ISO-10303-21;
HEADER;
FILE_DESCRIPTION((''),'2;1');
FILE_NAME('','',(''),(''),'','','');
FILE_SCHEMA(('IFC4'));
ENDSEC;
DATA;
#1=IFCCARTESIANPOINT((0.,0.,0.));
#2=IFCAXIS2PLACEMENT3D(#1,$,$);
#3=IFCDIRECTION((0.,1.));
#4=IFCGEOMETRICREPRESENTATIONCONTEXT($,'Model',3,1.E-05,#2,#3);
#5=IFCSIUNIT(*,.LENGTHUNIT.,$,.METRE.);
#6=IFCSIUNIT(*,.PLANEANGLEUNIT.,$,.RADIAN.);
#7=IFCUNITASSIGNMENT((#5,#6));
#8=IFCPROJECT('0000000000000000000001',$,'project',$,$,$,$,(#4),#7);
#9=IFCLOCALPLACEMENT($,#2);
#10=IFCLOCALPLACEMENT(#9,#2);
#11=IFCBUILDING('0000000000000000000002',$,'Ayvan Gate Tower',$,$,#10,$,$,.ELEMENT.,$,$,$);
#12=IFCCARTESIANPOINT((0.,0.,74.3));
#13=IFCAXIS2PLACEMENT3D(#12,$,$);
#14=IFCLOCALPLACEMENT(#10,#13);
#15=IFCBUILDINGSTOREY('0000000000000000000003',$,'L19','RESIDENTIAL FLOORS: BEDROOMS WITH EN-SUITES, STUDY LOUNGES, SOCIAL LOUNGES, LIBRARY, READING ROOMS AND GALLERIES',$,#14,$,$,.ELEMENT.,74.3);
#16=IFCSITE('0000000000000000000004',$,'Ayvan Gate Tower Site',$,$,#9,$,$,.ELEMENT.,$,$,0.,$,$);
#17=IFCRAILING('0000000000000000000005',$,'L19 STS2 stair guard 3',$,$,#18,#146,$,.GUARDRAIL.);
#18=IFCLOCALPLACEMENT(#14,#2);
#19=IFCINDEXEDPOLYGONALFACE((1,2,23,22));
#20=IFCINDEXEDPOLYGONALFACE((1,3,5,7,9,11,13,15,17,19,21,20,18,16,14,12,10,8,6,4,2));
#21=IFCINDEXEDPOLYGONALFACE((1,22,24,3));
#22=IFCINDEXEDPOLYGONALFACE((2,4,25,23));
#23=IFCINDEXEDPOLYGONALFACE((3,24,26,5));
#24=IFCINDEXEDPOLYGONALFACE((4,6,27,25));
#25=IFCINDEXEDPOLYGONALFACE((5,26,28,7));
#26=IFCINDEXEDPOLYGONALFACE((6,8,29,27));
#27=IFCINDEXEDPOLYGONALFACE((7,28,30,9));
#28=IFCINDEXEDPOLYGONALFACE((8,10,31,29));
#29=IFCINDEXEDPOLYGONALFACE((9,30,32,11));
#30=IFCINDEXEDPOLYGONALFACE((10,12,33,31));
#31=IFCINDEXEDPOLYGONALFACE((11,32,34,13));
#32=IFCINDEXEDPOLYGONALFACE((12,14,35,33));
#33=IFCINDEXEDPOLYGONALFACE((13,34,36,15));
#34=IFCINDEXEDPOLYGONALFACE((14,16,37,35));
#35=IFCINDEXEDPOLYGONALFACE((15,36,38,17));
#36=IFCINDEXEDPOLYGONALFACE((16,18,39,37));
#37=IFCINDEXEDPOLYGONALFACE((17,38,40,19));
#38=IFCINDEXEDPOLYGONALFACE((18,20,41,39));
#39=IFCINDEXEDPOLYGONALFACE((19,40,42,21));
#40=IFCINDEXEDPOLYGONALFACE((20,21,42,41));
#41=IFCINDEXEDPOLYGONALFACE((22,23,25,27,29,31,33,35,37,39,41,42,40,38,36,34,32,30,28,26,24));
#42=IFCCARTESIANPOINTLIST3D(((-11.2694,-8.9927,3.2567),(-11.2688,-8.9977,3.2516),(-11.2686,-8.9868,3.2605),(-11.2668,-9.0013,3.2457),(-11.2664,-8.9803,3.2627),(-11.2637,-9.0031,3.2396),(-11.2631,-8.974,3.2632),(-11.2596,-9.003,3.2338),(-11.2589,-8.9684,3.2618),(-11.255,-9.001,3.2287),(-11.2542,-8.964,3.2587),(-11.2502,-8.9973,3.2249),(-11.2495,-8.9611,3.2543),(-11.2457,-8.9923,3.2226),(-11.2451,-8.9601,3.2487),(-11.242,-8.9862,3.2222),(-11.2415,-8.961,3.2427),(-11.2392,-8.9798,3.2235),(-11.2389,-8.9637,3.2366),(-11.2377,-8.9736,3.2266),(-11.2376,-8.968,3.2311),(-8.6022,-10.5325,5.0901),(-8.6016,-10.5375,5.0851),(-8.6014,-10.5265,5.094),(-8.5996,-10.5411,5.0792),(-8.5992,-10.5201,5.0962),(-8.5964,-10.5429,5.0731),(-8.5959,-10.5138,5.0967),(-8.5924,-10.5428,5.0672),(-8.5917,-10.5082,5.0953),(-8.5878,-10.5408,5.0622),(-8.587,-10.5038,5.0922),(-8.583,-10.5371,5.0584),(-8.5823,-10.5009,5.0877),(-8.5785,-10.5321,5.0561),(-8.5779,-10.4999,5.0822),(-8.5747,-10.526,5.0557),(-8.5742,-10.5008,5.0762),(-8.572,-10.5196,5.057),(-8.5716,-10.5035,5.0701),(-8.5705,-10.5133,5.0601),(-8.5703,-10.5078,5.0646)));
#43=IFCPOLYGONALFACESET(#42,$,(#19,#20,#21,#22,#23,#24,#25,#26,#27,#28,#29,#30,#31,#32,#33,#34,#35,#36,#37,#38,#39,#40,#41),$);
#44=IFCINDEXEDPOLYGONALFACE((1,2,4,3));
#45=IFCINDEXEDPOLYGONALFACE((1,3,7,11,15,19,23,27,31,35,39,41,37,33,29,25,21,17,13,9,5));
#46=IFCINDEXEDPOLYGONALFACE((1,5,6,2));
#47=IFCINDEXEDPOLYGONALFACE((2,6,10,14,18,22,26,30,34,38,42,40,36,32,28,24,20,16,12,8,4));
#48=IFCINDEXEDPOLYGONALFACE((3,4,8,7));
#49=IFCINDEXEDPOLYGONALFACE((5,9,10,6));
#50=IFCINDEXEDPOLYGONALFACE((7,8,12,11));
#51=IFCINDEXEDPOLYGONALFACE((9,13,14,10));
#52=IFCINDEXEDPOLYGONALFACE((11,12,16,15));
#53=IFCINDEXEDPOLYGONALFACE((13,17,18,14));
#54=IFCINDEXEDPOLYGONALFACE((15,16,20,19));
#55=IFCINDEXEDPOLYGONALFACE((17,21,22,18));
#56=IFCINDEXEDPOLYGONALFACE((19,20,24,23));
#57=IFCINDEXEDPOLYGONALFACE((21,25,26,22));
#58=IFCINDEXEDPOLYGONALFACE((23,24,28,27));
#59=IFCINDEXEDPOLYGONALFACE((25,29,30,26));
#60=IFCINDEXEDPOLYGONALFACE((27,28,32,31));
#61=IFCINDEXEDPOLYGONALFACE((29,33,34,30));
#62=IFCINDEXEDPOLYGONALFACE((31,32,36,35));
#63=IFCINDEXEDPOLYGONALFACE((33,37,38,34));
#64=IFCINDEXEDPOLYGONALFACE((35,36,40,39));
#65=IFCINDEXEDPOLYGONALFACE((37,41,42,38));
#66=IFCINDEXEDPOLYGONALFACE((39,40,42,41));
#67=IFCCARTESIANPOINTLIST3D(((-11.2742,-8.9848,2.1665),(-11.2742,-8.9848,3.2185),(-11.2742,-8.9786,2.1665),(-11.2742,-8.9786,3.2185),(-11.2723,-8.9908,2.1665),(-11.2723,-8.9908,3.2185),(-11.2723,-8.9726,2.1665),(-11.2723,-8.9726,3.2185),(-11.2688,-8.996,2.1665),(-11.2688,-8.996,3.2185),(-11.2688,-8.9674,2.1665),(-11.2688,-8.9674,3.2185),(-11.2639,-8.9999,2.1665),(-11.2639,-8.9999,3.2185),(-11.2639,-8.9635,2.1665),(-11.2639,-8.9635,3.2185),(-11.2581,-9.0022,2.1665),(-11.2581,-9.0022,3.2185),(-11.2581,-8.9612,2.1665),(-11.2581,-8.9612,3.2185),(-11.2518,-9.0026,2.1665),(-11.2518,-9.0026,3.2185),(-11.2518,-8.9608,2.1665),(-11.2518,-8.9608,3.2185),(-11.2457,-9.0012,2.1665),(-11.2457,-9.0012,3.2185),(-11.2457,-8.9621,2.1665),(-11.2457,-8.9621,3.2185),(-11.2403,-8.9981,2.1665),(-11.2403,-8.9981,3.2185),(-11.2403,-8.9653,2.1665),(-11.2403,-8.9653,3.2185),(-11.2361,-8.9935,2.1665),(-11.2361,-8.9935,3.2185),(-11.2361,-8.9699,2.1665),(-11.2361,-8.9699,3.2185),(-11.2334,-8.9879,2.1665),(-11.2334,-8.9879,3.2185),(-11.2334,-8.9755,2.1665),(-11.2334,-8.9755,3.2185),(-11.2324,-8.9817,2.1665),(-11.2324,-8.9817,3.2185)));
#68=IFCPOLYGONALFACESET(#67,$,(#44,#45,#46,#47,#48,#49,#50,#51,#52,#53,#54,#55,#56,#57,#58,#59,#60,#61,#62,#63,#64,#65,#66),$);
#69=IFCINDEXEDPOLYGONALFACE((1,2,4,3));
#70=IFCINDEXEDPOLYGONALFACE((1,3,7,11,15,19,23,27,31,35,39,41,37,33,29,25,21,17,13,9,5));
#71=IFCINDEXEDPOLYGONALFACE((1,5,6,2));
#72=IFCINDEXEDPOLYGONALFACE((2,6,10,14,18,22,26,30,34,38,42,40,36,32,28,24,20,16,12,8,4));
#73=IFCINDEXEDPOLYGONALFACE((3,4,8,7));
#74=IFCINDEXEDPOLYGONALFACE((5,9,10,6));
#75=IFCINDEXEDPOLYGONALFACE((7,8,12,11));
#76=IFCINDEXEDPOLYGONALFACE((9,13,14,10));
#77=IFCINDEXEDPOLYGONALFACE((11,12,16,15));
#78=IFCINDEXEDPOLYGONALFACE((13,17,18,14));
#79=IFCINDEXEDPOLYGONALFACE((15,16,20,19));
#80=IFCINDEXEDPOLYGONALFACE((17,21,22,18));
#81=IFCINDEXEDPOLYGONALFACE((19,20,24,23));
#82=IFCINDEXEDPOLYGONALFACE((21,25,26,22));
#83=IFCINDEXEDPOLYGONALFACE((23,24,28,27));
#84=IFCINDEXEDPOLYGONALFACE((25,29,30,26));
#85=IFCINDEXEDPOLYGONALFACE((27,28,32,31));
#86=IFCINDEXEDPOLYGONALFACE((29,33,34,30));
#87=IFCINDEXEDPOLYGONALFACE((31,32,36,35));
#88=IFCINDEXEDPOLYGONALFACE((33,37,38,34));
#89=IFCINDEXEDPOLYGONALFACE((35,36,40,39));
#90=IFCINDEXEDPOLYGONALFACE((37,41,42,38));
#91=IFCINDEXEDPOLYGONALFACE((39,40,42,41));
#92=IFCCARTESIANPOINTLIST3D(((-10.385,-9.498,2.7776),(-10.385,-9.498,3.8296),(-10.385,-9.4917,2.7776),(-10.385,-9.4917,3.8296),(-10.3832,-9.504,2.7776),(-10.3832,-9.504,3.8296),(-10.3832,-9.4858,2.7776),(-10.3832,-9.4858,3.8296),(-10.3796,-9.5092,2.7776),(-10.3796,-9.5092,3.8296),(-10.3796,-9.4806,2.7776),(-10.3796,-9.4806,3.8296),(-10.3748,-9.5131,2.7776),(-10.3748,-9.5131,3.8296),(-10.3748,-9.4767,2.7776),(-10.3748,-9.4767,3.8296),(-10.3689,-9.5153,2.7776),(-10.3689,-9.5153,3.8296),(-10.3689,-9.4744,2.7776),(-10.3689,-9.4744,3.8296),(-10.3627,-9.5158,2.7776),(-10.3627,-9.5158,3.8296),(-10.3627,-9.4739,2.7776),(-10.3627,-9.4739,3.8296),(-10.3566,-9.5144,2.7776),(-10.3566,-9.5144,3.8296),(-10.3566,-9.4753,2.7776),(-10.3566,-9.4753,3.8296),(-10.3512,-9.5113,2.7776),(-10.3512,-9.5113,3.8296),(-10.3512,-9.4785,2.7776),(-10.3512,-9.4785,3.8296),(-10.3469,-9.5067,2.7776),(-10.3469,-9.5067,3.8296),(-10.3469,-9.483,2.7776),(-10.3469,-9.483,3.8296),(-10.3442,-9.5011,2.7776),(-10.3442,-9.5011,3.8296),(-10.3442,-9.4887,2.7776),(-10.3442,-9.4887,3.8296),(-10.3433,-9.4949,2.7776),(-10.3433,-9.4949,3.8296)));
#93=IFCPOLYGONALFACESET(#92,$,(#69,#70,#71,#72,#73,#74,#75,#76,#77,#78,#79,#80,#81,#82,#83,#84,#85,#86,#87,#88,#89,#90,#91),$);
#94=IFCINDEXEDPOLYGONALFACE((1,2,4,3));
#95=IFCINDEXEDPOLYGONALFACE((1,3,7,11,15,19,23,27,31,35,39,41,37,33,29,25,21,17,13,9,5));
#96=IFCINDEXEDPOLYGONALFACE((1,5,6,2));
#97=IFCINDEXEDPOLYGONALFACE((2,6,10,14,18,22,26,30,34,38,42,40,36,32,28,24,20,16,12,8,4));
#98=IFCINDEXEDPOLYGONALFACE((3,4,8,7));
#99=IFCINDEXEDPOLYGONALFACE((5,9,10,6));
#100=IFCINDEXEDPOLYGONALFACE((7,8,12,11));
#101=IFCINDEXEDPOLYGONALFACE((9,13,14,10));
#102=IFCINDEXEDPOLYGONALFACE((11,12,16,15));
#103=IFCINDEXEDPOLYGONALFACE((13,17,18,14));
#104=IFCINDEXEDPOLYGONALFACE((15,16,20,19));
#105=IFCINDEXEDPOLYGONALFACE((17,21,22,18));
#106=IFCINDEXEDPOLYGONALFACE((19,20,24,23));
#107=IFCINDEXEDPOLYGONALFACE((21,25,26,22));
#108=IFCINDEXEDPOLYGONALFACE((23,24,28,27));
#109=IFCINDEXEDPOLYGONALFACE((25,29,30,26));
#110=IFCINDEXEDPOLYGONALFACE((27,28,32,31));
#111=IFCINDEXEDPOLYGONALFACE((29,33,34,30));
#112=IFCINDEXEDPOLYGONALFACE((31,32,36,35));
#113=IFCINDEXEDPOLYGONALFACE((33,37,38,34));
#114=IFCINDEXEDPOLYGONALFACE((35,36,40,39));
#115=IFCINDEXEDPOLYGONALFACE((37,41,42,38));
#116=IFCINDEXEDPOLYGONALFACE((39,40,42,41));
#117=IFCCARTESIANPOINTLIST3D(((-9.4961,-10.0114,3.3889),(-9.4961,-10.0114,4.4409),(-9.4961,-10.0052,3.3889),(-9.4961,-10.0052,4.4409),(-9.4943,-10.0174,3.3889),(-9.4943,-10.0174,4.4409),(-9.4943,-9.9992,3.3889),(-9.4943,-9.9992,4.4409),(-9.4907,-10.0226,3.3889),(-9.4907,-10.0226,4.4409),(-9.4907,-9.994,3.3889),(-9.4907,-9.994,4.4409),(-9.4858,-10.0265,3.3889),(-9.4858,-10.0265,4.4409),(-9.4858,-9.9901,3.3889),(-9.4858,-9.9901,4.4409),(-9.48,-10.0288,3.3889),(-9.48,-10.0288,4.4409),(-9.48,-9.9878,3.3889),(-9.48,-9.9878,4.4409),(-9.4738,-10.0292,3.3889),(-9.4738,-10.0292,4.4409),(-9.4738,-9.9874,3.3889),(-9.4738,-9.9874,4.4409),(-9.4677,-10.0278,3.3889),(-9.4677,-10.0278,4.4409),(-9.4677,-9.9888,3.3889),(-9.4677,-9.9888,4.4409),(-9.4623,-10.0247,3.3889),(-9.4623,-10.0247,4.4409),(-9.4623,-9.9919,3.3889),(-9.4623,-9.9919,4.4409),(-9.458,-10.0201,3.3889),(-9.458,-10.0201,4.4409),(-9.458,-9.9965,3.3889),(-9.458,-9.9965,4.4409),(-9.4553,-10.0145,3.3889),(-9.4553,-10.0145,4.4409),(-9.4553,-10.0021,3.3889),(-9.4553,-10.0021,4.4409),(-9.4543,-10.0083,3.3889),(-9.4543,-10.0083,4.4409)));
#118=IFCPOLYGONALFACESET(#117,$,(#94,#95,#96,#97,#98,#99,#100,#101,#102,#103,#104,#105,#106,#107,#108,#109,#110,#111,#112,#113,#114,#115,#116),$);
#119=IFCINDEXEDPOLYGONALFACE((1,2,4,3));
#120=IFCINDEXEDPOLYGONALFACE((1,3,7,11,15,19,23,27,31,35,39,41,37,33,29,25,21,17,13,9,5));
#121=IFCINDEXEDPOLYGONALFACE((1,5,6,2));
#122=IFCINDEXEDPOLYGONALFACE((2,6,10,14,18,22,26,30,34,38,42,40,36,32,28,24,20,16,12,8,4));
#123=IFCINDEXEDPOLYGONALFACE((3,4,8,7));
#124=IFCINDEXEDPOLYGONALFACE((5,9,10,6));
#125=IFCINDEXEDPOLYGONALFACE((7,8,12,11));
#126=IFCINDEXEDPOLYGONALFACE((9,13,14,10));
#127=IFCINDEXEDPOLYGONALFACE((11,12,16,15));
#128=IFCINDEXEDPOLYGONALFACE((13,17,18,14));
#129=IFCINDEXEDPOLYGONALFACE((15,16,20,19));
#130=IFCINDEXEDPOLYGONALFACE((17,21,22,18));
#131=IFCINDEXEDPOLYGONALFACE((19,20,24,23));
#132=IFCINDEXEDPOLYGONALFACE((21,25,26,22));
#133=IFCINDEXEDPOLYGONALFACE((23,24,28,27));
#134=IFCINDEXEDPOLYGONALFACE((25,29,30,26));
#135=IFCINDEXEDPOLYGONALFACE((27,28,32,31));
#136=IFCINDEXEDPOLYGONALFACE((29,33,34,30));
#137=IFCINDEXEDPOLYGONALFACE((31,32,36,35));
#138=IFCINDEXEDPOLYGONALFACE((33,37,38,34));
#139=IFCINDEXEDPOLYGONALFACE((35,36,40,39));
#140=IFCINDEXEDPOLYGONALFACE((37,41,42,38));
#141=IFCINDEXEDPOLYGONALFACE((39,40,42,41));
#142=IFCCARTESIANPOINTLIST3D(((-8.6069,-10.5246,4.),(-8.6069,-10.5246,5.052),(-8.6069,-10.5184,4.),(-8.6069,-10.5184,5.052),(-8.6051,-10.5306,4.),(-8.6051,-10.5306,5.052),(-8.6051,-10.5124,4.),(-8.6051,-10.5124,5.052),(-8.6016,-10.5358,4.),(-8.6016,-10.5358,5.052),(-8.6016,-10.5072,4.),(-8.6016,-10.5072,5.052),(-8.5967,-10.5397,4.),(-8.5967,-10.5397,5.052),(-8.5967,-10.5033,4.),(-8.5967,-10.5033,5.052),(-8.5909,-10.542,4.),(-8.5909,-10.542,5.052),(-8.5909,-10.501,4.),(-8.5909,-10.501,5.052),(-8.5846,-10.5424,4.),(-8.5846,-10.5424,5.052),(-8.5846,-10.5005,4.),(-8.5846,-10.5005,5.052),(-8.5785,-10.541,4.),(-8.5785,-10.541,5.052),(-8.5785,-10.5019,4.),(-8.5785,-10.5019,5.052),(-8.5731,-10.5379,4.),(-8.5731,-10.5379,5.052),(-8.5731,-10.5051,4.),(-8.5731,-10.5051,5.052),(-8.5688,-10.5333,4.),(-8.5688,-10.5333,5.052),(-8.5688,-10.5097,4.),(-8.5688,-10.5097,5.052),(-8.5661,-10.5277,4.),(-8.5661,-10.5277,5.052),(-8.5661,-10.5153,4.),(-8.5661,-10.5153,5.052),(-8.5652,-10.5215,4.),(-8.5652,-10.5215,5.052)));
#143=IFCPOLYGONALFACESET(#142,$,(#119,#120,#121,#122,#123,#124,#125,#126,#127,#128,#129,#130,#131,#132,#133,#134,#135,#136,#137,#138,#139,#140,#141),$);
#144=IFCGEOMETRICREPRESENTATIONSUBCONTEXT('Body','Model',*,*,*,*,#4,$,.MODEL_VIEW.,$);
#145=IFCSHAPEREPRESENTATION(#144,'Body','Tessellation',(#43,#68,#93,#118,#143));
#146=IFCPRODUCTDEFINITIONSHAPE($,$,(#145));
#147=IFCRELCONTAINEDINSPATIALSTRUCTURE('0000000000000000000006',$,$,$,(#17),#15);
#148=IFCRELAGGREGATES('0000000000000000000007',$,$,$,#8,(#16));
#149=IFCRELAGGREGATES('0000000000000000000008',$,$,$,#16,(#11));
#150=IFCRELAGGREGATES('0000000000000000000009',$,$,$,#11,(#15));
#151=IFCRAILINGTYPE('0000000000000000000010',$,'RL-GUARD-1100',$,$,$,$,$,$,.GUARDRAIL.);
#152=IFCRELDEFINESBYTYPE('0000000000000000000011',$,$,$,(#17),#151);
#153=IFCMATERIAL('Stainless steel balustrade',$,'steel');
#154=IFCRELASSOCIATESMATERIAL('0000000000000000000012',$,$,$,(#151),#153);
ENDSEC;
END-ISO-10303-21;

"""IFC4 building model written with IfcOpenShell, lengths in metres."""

from ifc_helpers import new_model, si_unit, direction, frame, origin, origin_2d, place, context, subcontext, project, spatial, circle, extrude, material, type_object, element, save


model = new_model("IFC4")

# Units and contexts
model_context = context("Model", 3, precision=1e-05, world=origin(), true_north=direction((0.0, 1.0)))
body_context = subcontext(model_context, "Body", "Model", "MODEL_VIEW")
ifc_project = project(units=[si_unit("LENGTHUNIT", "METRE"), si_unit("PLANEANGLEUNIT", "RADIAN")], contexts=[model_context])

# Site, building, storey
site_placement = place(None, origin())
site = spatial("IfcSite", under=ifc_project, at=site_placement, Name="Ayvan Gate Tower Site", CompositionType="ELEMENT", RefElevation=0.0)
building_placement = place(site_placement, origin())
building = spatial("IfcBuilding", under=site, at=building_placement, Name="Ayvan Gate Tower", CompositionType="ELEMENT")
storey_placement = place(building_placement, frame((0.0, 0.0, 74.3)))
storey = spatial("IfcBuildingStorey", under=building, at=storey_placement, Name="L19", Description="RESIDENTIAL FLOORS: BEDROOMS WITH EN-SUITES, STUDY LOUNGES, SOCIAL LOUNGES, LIBRARY, READING ROOMS AND GALLERIES", CompositionType="ELEMENT", Elevation=74.3)

# Railing
ifc_material_1 = material(Name="Stainless steel balustrade", Category="steel")
railing_type_1 = type_object("IfcRailingType", Name="RL-GUARD-1100", PredefinedType="GUARDRAIL", material=ifc_material_1)
railing_1_placement = place(storey_placement, frame((-11.2534, -8.9817, 2.1665)))
element("IfcRailing", 1, at=railing_1_placement, inside=storey, type_object=railing_type_1, Name="L19 STS2 stair guard 3", PredefinedType="GUARDRAIL", context=body_context, shape_type="SweptSolid", body=[
    extrude(circle(Radius=0.0239, at=origin_2d()), frame((0.0, 0.0, 1.0762), z_axis=(0.744155, -0.429601, 0.511543), x_axis=(0.499967, 0.866044, 0.0)), (0.0, 0.0, 1.0), 3.5842),
    extrude(circle(Radius=0.021, at=origin_2d()), origin(), (0.0, 0.0, 1.0), 1.052),
    extrude(circle(Radius=0.021, at=origin_2d()), frame((0.8892, -0.5132, 0.6111)), (0.0, 0.0, 1.0), 1.052),
    extrude(circle(Radius=0.021, at=origin_2d()), frame((1.7781, -1.0266, 1.2224)), (0.0, 0.0, 1.0), 1.052),
    extrude(circle(Radius=0.021, at=origin_2d()), frame((2.6672, -1.5398, 1.8335)), (0.0, 0.0, 1.0), 1.052),
])

save(model, "model.ifc")
